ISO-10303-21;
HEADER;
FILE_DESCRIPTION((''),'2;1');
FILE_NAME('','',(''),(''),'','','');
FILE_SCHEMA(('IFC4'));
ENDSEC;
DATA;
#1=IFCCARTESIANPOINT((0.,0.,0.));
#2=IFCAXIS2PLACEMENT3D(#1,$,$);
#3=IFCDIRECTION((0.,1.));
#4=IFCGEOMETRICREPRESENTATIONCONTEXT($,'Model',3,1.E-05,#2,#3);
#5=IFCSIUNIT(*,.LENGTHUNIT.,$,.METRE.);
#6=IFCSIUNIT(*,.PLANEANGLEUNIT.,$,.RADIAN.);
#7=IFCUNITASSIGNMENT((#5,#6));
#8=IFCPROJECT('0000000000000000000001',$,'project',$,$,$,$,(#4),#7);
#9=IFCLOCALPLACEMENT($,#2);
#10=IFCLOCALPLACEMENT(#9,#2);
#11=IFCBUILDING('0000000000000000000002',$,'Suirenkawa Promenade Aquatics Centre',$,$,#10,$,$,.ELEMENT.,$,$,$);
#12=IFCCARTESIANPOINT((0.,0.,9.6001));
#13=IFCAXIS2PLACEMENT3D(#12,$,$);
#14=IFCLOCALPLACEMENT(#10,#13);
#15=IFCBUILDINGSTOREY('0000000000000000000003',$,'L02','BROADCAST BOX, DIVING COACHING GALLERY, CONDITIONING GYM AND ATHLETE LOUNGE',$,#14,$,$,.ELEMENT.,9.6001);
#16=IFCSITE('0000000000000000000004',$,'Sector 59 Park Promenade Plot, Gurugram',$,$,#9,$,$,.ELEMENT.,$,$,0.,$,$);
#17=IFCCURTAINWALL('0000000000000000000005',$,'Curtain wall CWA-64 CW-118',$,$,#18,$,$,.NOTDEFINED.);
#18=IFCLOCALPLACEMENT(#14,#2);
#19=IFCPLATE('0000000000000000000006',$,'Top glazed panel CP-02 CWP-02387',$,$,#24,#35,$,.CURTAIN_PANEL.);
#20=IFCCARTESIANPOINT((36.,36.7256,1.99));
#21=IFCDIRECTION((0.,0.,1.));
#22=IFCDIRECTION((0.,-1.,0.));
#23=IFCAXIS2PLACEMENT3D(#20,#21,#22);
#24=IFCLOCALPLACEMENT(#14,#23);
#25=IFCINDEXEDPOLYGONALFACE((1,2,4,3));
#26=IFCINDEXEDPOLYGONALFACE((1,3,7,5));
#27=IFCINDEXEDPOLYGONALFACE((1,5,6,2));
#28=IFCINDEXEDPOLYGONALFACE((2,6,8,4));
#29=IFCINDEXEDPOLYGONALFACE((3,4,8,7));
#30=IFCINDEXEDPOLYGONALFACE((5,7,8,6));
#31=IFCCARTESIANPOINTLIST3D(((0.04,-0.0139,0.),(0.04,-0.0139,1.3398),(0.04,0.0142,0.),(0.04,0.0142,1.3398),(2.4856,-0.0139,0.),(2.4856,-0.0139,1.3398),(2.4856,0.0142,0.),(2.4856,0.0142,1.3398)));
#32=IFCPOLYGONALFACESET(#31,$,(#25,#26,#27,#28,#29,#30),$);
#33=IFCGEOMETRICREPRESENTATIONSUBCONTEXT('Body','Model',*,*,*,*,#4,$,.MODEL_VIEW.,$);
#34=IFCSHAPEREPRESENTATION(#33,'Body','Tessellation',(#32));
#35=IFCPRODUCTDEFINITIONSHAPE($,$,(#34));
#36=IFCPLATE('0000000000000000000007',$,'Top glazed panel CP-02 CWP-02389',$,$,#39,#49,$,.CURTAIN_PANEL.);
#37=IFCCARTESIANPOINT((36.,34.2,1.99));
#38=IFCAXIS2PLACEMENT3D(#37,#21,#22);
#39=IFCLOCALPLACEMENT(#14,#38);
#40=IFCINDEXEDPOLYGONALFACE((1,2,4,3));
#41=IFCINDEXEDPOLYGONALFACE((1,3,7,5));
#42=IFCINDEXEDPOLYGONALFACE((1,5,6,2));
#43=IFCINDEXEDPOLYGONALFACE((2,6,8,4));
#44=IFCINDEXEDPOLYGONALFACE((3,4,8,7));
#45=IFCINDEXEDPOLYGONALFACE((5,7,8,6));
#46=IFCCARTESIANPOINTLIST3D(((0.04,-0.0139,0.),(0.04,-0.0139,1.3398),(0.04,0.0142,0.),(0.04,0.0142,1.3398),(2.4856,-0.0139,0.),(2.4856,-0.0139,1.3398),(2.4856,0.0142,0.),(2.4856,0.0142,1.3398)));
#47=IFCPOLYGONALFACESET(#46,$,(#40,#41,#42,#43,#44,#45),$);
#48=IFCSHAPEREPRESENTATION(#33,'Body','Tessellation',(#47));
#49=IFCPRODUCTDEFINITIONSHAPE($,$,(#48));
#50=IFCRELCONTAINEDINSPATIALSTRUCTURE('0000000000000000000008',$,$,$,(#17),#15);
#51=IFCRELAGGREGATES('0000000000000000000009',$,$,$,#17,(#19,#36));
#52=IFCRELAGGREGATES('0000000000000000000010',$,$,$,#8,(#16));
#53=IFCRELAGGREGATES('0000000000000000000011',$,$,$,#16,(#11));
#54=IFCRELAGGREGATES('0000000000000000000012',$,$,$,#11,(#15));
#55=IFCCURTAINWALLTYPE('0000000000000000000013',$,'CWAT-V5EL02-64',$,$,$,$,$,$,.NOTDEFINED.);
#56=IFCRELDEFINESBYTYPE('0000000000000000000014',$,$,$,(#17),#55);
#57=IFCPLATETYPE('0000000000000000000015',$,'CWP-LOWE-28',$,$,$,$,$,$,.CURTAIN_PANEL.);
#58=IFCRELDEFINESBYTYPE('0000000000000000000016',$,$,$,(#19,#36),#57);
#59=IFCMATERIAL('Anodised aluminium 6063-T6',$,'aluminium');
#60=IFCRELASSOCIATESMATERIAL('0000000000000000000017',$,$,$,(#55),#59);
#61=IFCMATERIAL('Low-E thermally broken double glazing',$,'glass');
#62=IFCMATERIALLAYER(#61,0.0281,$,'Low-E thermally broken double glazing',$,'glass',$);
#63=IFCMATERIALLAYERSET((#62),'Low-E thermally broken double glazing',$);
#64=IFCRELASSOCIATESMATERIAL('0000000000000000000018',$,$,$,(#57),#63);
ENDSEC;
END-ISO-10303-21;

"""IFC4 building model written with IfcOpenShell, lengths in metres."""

from ifc_helpers import new_model, si_unit, direction, frame, origin, place, context, subcontext, project, spatial, polyline, outline, extrude, material, layer, layer_set, type_object, element, aggregate, save


model = new_model("IFC4")

# Units and contexts
model_context = context("Model", 3, precision=1e-05, world=origin(), true_north=direction((0.0, 1.0)))
body_context = subcontext(model_context, "Body", "Model", "MODEL_VIEW")
ifc_project = project(units=[si_unit("LENGTHUNIT", "METRE"), si_unit("PLANEANGLEUNIT", "RADIAN")], contexts=[model_context])

# Site, building, storey
site_placement = place(None, origin())
site = spatial("IfcSite", under=ifc_project, at=site_placement, Name="Sector 59 Park Promenade Plot, Gurugram", CompositionType="ELEMENT", RefElevation=0.0)
building_placement = place(site_placement, origin())
building = spatial("IfcBuilding", under=site, at=building_placement, Name="Suirenkawa Promenade Aquatics Centre", CompositionType="ELEMENT")
storey_placement = place(building_placement, frame((0.0, 0.0, 9.6001)))
storey = spatial("IfcBuildingStorey", under=building, at=storey_placement, Name="L02", Description="BROADCAST BOX, DIVING COACHING GALLERY, CONDITIONING GYM AND ATHLETE LOUNGE", CompositionType="ELEMENT", Elevation=9.6001)

# Curtain wall, plates
ifc_material_1 = material(Name="Anodised aluminium 6063-T6", Category="aluminium")
curtain_wall_type = type_object("IfcCurtainWallType", Name="CWAT-V5EL02-64", PredefinedType="NOTDEFINED", material=ifc_material_1)
curtain_wall_placement = place(storey_placement, origin())
curtain_wall = element("IfcCurtainWall", 1, at=curtain_wall_placement, inside=storey, type_object=curtain_wall_type, Name="Curtain wall CWA-64 CW-118", PredefinedType="NOTDEFINED")
ifc_material_2 = material(Name="Low-E thermally broken double glazing", Category="glass")
ifc_layer_1 = layer(ifc_material_2, 0.0281, Name="Low-E thermally broken double glazing", Category="glass")
ifc_layer_set_1 = layer_set([ifc_layer_1], Name="Low-E thermally broken double glazing")
plate_type = type_object("IfcPlateType", Name="CWP-LOWE-28", PredefinedType="CURTAIN_PANEL", material=ifc_layer_set_1)
plate_1_placement = place(storey_placement, frame((36.0, 36.7256, 1.99), z_axis=(0.0, 0.0, 1.0), x_axis=(0.0, -1.0, 0.0)))
plate_1 = element("IfcPlate", 2, at=plate_1_placement, type_object=plate_type, Name="Top glazed panel CP-02 CWP-02387", PredefinedType="CURTAIN_PANEL", context=body_context, shape_type="SweptSolid", body=[
    extrude(outline(polyline([(0.04, 0.0), (2.4856, 0.0), (2.4856, 1.3398), (0.04, 1.3398), (0.04, 0.0)])), frame((0.0, 0.0142, 0.0), z_axis=(0.0, -1.0, 0.0), x_axis=(1.0, 0.0, 0.0)), (0.0, 0.0, 1.0), 0.0281),
])
plate_2_placement = place(storey_placement, frame((36.0, 34.2, 1.99), z_axis=(0.0, 0.0, 1.0), x_axis=(0.0, -1.0, 0.0)))
plate_2 = element("IfcPlate", 3, at=plate_2_placement, type_object=plate_type, Name="Top glazed panel CP-02 CWP-02389", PredefinedType="CURTAIN_PANEL", context=body_context, shape_type="SweptSolid", body=[
    extrude(outline(polyline([(0.04, 0.0), (2.4856, 0.0), (2.4856, 1.3398), (0.04, 1.3398), (0.04, 0.0)])), frame((0.0, 0.0142, 0.0), z_axis=(0.0, -1.0, 0.0), x_axis=(1.0, 0.0, 0.0)), (0.0, 0.0, 1.0), 0.0281),
])
aggregate(curtain_wall, [plate_1, plate_2])

save(model, "model.ifc")
